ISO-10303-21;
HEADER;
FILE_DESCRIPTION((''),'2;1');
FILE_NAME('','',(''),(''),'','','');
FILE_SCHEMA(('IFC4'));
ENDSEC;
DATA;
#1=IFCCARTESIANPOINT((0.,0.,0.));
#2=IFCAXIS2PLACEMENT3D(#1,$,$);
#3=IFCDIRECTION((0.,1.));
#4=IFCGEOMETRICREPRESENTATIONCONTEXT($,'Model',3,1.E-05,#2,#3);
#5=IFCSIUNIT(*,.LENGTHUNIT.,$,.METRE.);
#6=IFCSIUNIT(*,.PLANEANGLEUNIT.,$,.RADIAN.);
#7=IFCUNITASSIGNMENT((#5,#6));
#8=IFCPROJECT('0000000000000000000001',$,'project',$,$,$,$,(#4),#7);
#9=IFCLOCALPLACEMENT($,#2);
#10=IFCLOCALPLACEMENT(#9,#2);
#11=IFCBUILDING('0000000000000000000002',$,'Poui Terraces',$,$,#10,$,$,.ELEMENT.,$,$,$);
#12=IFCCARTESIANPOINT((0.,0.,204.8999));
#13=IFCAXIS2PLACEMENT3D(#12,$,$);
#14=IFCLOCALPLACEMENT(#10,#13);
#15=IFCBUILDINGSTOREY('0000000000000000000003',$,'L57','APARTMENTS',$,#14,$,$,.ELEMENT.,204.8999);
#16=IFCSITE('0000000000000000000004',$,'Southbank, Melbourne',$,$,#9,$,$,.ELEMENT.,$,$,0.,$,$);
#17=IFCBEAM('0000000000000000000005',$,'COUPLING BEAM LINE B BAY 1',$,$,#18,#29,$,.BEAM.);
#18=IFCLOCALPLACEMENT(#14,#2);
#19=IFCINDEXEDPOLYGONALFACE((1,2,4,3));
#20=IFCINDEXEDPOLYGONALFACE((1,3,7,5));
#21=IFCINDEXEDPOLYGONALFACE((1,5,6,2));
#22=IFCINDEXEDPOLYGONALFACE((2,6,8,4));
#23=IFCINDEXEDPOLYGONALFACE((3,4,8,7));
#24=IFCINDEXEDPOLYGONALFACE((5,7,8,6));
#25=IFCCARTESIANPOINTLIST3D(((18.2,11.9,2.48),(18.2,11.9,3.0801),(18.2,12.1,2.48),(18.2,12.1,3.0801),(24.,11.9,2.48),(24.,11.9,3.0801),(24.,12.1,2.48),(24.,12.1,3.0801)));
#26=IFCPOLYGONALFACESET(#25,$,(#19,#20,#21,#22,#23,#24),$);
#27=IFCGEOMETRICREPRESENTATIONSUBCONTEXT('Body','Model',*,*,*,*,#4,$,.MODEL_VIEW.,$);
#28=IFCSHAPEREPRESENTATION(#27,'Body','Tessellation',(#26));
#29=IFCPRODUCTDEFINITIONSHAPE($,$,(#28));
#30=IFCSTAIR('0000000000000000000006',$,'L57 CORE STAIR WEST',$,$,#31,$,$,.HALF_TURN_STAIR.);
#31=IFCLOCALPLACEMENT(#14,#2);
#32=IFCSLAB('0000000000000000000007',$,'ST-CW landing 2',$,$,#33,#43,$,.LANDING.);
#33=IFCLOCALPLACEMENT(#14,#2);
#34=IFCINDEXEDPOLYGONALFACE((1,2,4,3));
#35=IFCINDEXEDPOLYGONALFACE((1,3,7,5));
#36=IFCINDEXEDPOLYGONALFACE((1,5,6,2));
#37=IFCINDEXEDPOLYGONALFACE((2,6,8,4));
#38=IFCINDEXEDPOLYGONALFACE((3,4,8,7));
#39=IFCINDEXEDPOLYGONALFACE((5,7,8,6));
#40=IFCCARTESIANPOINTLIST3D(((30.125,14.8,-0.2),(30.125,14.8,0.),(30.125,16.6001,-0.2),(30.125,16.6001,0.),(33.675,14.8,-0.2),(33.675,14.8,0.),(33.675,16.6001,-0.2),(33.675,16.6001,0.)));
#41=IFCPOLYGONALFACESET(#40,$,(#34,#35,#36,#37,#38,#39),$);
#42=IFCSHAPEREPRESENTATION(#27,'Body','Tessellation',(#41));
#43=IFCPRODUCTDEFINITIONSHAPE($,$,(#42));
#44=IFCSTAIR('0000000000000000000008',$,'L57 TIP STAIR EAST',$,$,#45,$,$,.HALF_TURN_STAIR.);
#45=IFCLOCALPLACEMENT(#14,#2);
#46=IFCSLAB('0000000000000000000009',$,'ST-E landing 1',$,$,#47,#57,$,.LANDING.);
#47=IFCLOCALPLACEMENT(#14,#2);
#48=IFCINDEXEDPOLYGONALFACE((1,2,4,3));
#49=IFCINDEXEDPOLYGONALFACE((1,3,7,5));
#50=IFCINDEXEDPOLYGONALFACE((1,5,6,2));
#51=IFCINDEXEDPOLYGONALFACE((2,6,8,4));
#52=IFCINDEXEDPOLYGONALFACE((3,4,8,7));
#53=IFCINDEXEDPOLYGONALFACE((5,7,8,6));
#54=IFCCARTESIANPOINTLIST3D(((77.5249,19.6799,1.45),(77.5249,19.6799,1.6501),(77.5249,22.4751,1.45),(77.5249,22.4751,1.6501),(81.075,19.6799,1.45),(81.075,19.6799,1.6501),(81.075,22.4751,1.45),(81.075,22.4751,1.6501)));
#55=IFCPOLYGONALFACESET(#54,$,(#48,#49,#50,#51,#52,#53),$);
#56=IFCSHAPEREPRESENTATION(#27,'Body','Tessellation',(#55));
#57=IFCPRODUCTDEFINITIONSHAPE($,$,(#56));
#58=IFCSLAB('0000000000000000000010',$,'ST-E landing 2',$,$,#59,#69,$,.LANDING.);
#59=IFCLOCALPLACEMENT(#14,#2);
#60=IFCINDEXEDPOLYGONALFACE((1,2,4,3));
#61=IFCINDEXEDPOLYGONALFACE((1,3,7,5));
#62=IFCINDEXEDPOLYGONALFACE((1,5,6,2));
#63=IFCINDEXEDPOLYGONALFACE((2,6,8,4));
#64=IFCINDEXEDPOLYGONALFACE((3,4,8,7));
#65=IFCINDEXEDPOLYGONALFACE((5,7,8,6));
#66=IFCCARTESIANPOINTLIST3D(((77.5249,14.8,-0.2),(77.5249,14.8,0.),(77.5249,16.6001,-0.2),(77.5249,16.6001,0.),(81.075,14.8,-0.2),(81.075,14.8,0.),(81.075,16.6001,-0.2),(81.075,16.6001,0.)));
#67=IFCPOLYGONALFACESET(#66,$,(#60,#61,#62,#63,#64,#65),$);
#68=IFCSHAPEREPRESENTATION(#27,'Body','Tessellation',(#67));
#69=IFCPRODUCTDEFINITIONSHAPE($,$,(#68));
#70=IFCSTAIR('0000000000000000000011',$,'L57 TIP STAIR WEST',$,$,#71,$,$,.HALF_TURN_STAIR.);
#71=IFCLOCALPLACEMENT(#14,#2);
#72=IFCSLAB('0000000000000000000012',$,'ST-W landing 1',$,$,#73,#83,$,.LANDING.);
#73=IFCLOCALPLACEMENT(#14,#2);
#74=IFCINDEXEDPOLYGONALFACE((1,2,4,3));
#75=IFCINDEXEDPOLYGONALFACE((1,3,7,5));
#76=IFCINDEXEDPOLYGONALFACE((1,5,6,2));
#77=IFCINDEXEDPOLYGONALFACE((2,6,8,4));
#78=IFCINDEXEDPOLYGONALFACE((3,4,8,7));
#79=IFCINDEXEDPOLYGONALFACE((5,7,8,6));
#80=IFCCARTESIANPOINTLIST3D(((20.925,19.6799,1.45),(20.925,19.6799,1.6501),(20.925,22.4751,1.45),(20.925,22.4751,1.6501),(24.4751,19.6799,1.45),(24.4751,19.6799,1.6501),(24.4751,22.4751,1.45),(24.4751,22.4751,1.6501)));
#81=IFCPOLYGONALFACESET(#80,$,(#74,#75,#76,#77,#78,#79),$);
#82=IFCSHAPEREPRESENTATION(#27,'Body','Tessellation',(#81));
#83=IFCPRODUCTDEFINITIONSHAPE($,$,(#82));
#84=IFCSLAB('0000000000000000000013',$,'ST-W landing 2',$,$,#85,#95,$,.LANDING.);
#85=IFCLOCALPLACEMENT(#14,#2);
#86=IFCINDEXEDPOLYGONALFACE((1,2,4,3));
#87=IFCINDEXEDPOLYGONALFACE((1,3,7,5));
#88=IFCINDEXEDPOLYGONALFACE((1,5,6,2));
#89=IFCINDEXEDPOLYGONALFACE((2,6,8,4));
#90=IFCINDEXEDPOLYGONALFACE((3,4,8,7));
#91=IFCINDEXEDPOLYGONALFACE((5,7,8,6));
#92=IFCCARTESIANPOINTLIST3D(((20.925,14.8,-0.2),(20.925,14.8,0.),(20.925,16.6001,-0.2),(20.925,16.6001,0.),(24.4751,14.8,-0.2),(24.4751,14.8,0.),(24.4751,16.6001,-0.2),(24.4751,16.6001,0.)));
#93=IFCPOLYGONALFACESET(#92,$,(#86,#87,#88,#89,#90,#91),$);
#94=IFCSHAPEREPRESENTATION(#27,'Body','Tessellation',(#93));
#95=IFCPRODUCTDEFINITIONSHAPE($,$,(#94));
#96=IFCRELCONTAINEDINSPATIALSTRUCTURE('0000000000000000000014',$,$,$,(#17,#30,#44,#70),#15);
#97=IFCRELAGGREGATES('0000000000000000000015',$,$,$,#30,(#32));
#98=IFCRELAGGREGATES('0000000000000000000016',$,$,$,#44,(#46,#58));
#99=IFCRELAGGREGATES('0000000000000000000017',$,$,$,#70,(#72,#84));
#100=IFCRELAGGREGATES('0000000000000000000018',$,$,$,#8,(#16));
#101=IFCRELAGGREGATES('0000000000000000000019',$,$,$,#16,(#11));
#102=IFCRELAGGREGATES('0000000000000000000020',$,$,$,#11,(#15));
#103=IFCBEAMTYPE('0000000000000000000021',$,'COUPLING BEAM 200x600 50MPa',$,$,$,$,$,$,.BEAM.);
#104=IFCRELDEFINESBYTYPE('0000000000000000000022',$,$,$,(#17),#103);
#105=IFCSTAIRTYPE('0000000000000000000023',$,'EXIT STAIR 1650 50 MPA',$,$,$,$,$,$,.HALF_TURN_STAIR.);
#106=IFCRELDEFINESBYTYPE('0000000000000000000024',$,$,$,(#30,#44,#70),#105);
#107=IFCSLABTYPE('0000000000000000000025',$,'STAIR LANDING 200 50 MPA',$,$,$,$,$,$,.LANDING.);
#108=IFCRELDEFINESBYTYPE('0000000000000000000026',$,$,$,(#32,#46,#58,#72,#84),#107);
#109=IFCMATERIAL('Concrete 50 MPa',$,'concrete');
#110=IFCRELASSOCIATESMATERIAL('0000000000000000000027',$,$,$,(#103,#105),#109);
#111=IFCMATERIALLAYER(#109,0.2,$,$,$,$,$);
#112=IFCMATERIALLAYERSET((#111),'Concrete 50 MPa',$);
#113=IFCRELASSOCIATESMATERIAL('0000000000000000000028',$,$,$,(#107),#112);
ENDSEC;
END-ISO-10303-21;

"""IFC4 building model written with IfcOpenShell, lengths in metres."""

from ifc_helpers import new_model, si_unit, direction, frame, origin, origin_2d, place, context, subcontext, project, spatial, polyline, rectangle, outline, extrude, source, transform, mapped, material, layer, layer_set, material_profile, profile_set, type_object, element, aggregate, save


model = new_model("IFC4")

# Units and contexts
model_context = context("Model", 3, precision=1e-05, world=origin(), true_north=direction((0.0, 1.0)))
body_context = subcontext(model_context, "Body", "Model", "MODEL_VIEW")
ifc_project = project(units=[si_unit("LENGTHUNIT", "METRE"), si_unit("PLANEANGLEUNIT", "RADIAN")], contexts=[model_context])

# Site, building, storey
site_placement = place(None, origin())
site = spatial("IfcSite", under=ifc_project, at=site_placement, Name="Southbank, Melbourne", CompositionType="ELEMENT", RefElevation=0.0)
building_placement = place(site_placement, origin())
building = spatial("IfcBuilding", under=site, at=building_placement, Name="Poui Terraces", CompositionType="ELEMENT")
storey_placement = place(building_placement, frame((0.0, 0.0, 204.8999)))
storey = spatial("IfcBuildingStorey", under=building, at=storey_placement, Name="L57", Description="APARTMENTS", CompositionType="ELEMENT", Elevation=204.8999)

# Beam
ifc_material_1 = material(Name="Concrete 50 MPa", Category="concrete")
ifc_material_profile = material_profile(ifc_material_1, rectangle(XDim=0.2, YDim=0.6001, at=origin_2d()), Name="RC 200x600")
ifc_profile_set = profile_set([ifc_material_profile], Name="Concrete 50 MPa")
beam_type = type_object("IfcBeamType", Name="COUPLING BEAM 200x600 50MPa", PredefinedType="BEAM", material=ifc_profile_set)
shared_shape_1 = source(origin(), body_context, "Body", "SweptSolid", [
    extrude(rectangle(XDim=0.2, YDim=0.6001, at=origin_2d()), origin(), (0.0, 0.0, 1.0), 5.8),
])
beam_placement = place(storey_placement, frame((18.2, 12.0, 2.78), z_axis=(1.0, 0.0, 0.0), x_axis=(0.0, 1.0, 0.0)))
element("IfcBeam", 1, at=beam_placement, inside=storey, type_object=beam_type, Name="COUPLING BEAM LINE B BAY 1", PredefinedType="BEAM", context=body_context, shape_type="MappedRepresentation", body=[
    mapped(shared_shape_1, transform((0.0, 0.0, 0.0))),
])

# Stair, slab
stair_type = type_object("IfcStairType", Name="EXIT STAIR 1650 50 MPA", PredefinedType="HALF_TURN_STAIR", material=ifc_material_1)
stair_1_placement = place(storey_placement, origin())
stair_1 = element("IfcStair", 2, at=stair_1_placement, inside=storey, type_object=stair_type, Name="L57 CORE STAIR WEST", PredefinedType="HALF_TURN_STAIR")
ifc_layer_1 = layer(ifc_material_1, 0.2)
ifc_layer_set_1 = layer_set([ifc_layer_1], Name="Concrete 50 MPa")
slab_type_1 = type_object("IfcSlabType", Name="STAIR LANDING 200 50 MPA", PredefinedType="LANDING", material=ifc_layer_set_1)
slab_1_placement = place(storey_placement, frame((0.0, 0.0, -0.2)))
slab_1 = element("IfcSlab", 3, at=slab_1_placement, type_object=slab_type_1, Name="ST-CW landing 2", PredefinedType="LANDING", context=body_context, shape_type="SweptSolid", body=[
    extrude(outline(polyline([(30.125, 14.8), (33.675, 14.8), (33.675, 16.6001), (30.125, 16.6001), (30.125, 14.8)])), origin(), (0.0, 0.0, 1.0), 0.2),
])
aggregate(stair_1, [slab_1])

# Stairs, slabs
stair_2_placement = place(storey_placement, origin())
stair_2 = element("IfcStair", 4, at=stair_2_placement, inside=storey, type_object=stair_type, Name="L57 TIP STAIR EAST", PredefinedType="HALF_TURN_STAIR")
slab_2_placement = place(storey_placement, frame((0.0, 0.0, 1.45)))
slab_2 = element("IfcSlab", 5, at=slab_2_placement, type_object=slab_type_1, Name="ST-E landing 1", PredefinedType="LANDING", context=body_context, shape_type="SweptSolid", body=[
    extrude(outline(polyline([(77.5249, 19.6799), (81.075, 19.6799), (81.075, 22.4751), (77.5249, 22.4751), (77.5249, 19.6799)])), origin(), (0.0, 0.0, 1.0), 0.2002),
])
slab_3_placement = place(storey_placement, frame((0.0, 0.0, -0.2)))
slab_3 = element("IfcSlab", 6, at=slab_3_placement, type_object=slab_type_1, Name="ST-E landing 2", PredefinedType="LANDING", context=body_context, shape_type="SweptSolid", body=[
    extrude(outline(polyline([(77.5249, 14.8), (81.075, 14.8), (81.075, 16.6001), (77.5249, 16.6001), (77.5249, 14.8)])), origin(), (0.0, 0.0, 1.0), 0.2),
])
aggregate(stair_2, [slab_2, slab_3])
stair_3_placement = place(storey_placement, origin())
stair_3 = element("IfcStair", 7, at=stair_3_placement, inside=storey, type_object=stair_type, Name="L57 TIP STAIR WEST", PredefinedType="HALF_TURN_STAIR")
slab_4_placement = place(storey_placement, frame((0.0, 0.0, 1.45)))
slab_4 = element("IfcSlab", 8, at=slab_4_placement, type_object=slab_type_1, Name="ST-W landing 1", PredefinedType="LANDING", context=body_context, shape_type="SweptSolid", body=[
    extrude(outline(polyline([(20.925, 19.6799), (24.4751, 19.6799), (24.4751, 22.4751), (20.925, 22.4751), (20.925, 19.6799)])), origin(), (0.0, 0.0, 1.0), 0.2002),
])
slab_5_placement = place(storey_placement, frame((0.0, 0.0, -0.2)))
slab_5 = element("IfcSlab", 9, at=slab_5_placement, type_object=slab_type_1, Name="ST-W landing 2", PredefinedType="LANDING", context=body_context, shape_type="SweptSolid", body=[
    extrude(outline(polyline([(20.925, 14.8), (24.4751, 14.8), (24.4751, 16.6001), (20.925, 16.6001), (20.925, 14.8)])), origin(), (0.0, 0.0, 1.0), 0.2),
])
aggregate(stair_3, [slab_4, slab_5])

save(model, "model.ifc")
